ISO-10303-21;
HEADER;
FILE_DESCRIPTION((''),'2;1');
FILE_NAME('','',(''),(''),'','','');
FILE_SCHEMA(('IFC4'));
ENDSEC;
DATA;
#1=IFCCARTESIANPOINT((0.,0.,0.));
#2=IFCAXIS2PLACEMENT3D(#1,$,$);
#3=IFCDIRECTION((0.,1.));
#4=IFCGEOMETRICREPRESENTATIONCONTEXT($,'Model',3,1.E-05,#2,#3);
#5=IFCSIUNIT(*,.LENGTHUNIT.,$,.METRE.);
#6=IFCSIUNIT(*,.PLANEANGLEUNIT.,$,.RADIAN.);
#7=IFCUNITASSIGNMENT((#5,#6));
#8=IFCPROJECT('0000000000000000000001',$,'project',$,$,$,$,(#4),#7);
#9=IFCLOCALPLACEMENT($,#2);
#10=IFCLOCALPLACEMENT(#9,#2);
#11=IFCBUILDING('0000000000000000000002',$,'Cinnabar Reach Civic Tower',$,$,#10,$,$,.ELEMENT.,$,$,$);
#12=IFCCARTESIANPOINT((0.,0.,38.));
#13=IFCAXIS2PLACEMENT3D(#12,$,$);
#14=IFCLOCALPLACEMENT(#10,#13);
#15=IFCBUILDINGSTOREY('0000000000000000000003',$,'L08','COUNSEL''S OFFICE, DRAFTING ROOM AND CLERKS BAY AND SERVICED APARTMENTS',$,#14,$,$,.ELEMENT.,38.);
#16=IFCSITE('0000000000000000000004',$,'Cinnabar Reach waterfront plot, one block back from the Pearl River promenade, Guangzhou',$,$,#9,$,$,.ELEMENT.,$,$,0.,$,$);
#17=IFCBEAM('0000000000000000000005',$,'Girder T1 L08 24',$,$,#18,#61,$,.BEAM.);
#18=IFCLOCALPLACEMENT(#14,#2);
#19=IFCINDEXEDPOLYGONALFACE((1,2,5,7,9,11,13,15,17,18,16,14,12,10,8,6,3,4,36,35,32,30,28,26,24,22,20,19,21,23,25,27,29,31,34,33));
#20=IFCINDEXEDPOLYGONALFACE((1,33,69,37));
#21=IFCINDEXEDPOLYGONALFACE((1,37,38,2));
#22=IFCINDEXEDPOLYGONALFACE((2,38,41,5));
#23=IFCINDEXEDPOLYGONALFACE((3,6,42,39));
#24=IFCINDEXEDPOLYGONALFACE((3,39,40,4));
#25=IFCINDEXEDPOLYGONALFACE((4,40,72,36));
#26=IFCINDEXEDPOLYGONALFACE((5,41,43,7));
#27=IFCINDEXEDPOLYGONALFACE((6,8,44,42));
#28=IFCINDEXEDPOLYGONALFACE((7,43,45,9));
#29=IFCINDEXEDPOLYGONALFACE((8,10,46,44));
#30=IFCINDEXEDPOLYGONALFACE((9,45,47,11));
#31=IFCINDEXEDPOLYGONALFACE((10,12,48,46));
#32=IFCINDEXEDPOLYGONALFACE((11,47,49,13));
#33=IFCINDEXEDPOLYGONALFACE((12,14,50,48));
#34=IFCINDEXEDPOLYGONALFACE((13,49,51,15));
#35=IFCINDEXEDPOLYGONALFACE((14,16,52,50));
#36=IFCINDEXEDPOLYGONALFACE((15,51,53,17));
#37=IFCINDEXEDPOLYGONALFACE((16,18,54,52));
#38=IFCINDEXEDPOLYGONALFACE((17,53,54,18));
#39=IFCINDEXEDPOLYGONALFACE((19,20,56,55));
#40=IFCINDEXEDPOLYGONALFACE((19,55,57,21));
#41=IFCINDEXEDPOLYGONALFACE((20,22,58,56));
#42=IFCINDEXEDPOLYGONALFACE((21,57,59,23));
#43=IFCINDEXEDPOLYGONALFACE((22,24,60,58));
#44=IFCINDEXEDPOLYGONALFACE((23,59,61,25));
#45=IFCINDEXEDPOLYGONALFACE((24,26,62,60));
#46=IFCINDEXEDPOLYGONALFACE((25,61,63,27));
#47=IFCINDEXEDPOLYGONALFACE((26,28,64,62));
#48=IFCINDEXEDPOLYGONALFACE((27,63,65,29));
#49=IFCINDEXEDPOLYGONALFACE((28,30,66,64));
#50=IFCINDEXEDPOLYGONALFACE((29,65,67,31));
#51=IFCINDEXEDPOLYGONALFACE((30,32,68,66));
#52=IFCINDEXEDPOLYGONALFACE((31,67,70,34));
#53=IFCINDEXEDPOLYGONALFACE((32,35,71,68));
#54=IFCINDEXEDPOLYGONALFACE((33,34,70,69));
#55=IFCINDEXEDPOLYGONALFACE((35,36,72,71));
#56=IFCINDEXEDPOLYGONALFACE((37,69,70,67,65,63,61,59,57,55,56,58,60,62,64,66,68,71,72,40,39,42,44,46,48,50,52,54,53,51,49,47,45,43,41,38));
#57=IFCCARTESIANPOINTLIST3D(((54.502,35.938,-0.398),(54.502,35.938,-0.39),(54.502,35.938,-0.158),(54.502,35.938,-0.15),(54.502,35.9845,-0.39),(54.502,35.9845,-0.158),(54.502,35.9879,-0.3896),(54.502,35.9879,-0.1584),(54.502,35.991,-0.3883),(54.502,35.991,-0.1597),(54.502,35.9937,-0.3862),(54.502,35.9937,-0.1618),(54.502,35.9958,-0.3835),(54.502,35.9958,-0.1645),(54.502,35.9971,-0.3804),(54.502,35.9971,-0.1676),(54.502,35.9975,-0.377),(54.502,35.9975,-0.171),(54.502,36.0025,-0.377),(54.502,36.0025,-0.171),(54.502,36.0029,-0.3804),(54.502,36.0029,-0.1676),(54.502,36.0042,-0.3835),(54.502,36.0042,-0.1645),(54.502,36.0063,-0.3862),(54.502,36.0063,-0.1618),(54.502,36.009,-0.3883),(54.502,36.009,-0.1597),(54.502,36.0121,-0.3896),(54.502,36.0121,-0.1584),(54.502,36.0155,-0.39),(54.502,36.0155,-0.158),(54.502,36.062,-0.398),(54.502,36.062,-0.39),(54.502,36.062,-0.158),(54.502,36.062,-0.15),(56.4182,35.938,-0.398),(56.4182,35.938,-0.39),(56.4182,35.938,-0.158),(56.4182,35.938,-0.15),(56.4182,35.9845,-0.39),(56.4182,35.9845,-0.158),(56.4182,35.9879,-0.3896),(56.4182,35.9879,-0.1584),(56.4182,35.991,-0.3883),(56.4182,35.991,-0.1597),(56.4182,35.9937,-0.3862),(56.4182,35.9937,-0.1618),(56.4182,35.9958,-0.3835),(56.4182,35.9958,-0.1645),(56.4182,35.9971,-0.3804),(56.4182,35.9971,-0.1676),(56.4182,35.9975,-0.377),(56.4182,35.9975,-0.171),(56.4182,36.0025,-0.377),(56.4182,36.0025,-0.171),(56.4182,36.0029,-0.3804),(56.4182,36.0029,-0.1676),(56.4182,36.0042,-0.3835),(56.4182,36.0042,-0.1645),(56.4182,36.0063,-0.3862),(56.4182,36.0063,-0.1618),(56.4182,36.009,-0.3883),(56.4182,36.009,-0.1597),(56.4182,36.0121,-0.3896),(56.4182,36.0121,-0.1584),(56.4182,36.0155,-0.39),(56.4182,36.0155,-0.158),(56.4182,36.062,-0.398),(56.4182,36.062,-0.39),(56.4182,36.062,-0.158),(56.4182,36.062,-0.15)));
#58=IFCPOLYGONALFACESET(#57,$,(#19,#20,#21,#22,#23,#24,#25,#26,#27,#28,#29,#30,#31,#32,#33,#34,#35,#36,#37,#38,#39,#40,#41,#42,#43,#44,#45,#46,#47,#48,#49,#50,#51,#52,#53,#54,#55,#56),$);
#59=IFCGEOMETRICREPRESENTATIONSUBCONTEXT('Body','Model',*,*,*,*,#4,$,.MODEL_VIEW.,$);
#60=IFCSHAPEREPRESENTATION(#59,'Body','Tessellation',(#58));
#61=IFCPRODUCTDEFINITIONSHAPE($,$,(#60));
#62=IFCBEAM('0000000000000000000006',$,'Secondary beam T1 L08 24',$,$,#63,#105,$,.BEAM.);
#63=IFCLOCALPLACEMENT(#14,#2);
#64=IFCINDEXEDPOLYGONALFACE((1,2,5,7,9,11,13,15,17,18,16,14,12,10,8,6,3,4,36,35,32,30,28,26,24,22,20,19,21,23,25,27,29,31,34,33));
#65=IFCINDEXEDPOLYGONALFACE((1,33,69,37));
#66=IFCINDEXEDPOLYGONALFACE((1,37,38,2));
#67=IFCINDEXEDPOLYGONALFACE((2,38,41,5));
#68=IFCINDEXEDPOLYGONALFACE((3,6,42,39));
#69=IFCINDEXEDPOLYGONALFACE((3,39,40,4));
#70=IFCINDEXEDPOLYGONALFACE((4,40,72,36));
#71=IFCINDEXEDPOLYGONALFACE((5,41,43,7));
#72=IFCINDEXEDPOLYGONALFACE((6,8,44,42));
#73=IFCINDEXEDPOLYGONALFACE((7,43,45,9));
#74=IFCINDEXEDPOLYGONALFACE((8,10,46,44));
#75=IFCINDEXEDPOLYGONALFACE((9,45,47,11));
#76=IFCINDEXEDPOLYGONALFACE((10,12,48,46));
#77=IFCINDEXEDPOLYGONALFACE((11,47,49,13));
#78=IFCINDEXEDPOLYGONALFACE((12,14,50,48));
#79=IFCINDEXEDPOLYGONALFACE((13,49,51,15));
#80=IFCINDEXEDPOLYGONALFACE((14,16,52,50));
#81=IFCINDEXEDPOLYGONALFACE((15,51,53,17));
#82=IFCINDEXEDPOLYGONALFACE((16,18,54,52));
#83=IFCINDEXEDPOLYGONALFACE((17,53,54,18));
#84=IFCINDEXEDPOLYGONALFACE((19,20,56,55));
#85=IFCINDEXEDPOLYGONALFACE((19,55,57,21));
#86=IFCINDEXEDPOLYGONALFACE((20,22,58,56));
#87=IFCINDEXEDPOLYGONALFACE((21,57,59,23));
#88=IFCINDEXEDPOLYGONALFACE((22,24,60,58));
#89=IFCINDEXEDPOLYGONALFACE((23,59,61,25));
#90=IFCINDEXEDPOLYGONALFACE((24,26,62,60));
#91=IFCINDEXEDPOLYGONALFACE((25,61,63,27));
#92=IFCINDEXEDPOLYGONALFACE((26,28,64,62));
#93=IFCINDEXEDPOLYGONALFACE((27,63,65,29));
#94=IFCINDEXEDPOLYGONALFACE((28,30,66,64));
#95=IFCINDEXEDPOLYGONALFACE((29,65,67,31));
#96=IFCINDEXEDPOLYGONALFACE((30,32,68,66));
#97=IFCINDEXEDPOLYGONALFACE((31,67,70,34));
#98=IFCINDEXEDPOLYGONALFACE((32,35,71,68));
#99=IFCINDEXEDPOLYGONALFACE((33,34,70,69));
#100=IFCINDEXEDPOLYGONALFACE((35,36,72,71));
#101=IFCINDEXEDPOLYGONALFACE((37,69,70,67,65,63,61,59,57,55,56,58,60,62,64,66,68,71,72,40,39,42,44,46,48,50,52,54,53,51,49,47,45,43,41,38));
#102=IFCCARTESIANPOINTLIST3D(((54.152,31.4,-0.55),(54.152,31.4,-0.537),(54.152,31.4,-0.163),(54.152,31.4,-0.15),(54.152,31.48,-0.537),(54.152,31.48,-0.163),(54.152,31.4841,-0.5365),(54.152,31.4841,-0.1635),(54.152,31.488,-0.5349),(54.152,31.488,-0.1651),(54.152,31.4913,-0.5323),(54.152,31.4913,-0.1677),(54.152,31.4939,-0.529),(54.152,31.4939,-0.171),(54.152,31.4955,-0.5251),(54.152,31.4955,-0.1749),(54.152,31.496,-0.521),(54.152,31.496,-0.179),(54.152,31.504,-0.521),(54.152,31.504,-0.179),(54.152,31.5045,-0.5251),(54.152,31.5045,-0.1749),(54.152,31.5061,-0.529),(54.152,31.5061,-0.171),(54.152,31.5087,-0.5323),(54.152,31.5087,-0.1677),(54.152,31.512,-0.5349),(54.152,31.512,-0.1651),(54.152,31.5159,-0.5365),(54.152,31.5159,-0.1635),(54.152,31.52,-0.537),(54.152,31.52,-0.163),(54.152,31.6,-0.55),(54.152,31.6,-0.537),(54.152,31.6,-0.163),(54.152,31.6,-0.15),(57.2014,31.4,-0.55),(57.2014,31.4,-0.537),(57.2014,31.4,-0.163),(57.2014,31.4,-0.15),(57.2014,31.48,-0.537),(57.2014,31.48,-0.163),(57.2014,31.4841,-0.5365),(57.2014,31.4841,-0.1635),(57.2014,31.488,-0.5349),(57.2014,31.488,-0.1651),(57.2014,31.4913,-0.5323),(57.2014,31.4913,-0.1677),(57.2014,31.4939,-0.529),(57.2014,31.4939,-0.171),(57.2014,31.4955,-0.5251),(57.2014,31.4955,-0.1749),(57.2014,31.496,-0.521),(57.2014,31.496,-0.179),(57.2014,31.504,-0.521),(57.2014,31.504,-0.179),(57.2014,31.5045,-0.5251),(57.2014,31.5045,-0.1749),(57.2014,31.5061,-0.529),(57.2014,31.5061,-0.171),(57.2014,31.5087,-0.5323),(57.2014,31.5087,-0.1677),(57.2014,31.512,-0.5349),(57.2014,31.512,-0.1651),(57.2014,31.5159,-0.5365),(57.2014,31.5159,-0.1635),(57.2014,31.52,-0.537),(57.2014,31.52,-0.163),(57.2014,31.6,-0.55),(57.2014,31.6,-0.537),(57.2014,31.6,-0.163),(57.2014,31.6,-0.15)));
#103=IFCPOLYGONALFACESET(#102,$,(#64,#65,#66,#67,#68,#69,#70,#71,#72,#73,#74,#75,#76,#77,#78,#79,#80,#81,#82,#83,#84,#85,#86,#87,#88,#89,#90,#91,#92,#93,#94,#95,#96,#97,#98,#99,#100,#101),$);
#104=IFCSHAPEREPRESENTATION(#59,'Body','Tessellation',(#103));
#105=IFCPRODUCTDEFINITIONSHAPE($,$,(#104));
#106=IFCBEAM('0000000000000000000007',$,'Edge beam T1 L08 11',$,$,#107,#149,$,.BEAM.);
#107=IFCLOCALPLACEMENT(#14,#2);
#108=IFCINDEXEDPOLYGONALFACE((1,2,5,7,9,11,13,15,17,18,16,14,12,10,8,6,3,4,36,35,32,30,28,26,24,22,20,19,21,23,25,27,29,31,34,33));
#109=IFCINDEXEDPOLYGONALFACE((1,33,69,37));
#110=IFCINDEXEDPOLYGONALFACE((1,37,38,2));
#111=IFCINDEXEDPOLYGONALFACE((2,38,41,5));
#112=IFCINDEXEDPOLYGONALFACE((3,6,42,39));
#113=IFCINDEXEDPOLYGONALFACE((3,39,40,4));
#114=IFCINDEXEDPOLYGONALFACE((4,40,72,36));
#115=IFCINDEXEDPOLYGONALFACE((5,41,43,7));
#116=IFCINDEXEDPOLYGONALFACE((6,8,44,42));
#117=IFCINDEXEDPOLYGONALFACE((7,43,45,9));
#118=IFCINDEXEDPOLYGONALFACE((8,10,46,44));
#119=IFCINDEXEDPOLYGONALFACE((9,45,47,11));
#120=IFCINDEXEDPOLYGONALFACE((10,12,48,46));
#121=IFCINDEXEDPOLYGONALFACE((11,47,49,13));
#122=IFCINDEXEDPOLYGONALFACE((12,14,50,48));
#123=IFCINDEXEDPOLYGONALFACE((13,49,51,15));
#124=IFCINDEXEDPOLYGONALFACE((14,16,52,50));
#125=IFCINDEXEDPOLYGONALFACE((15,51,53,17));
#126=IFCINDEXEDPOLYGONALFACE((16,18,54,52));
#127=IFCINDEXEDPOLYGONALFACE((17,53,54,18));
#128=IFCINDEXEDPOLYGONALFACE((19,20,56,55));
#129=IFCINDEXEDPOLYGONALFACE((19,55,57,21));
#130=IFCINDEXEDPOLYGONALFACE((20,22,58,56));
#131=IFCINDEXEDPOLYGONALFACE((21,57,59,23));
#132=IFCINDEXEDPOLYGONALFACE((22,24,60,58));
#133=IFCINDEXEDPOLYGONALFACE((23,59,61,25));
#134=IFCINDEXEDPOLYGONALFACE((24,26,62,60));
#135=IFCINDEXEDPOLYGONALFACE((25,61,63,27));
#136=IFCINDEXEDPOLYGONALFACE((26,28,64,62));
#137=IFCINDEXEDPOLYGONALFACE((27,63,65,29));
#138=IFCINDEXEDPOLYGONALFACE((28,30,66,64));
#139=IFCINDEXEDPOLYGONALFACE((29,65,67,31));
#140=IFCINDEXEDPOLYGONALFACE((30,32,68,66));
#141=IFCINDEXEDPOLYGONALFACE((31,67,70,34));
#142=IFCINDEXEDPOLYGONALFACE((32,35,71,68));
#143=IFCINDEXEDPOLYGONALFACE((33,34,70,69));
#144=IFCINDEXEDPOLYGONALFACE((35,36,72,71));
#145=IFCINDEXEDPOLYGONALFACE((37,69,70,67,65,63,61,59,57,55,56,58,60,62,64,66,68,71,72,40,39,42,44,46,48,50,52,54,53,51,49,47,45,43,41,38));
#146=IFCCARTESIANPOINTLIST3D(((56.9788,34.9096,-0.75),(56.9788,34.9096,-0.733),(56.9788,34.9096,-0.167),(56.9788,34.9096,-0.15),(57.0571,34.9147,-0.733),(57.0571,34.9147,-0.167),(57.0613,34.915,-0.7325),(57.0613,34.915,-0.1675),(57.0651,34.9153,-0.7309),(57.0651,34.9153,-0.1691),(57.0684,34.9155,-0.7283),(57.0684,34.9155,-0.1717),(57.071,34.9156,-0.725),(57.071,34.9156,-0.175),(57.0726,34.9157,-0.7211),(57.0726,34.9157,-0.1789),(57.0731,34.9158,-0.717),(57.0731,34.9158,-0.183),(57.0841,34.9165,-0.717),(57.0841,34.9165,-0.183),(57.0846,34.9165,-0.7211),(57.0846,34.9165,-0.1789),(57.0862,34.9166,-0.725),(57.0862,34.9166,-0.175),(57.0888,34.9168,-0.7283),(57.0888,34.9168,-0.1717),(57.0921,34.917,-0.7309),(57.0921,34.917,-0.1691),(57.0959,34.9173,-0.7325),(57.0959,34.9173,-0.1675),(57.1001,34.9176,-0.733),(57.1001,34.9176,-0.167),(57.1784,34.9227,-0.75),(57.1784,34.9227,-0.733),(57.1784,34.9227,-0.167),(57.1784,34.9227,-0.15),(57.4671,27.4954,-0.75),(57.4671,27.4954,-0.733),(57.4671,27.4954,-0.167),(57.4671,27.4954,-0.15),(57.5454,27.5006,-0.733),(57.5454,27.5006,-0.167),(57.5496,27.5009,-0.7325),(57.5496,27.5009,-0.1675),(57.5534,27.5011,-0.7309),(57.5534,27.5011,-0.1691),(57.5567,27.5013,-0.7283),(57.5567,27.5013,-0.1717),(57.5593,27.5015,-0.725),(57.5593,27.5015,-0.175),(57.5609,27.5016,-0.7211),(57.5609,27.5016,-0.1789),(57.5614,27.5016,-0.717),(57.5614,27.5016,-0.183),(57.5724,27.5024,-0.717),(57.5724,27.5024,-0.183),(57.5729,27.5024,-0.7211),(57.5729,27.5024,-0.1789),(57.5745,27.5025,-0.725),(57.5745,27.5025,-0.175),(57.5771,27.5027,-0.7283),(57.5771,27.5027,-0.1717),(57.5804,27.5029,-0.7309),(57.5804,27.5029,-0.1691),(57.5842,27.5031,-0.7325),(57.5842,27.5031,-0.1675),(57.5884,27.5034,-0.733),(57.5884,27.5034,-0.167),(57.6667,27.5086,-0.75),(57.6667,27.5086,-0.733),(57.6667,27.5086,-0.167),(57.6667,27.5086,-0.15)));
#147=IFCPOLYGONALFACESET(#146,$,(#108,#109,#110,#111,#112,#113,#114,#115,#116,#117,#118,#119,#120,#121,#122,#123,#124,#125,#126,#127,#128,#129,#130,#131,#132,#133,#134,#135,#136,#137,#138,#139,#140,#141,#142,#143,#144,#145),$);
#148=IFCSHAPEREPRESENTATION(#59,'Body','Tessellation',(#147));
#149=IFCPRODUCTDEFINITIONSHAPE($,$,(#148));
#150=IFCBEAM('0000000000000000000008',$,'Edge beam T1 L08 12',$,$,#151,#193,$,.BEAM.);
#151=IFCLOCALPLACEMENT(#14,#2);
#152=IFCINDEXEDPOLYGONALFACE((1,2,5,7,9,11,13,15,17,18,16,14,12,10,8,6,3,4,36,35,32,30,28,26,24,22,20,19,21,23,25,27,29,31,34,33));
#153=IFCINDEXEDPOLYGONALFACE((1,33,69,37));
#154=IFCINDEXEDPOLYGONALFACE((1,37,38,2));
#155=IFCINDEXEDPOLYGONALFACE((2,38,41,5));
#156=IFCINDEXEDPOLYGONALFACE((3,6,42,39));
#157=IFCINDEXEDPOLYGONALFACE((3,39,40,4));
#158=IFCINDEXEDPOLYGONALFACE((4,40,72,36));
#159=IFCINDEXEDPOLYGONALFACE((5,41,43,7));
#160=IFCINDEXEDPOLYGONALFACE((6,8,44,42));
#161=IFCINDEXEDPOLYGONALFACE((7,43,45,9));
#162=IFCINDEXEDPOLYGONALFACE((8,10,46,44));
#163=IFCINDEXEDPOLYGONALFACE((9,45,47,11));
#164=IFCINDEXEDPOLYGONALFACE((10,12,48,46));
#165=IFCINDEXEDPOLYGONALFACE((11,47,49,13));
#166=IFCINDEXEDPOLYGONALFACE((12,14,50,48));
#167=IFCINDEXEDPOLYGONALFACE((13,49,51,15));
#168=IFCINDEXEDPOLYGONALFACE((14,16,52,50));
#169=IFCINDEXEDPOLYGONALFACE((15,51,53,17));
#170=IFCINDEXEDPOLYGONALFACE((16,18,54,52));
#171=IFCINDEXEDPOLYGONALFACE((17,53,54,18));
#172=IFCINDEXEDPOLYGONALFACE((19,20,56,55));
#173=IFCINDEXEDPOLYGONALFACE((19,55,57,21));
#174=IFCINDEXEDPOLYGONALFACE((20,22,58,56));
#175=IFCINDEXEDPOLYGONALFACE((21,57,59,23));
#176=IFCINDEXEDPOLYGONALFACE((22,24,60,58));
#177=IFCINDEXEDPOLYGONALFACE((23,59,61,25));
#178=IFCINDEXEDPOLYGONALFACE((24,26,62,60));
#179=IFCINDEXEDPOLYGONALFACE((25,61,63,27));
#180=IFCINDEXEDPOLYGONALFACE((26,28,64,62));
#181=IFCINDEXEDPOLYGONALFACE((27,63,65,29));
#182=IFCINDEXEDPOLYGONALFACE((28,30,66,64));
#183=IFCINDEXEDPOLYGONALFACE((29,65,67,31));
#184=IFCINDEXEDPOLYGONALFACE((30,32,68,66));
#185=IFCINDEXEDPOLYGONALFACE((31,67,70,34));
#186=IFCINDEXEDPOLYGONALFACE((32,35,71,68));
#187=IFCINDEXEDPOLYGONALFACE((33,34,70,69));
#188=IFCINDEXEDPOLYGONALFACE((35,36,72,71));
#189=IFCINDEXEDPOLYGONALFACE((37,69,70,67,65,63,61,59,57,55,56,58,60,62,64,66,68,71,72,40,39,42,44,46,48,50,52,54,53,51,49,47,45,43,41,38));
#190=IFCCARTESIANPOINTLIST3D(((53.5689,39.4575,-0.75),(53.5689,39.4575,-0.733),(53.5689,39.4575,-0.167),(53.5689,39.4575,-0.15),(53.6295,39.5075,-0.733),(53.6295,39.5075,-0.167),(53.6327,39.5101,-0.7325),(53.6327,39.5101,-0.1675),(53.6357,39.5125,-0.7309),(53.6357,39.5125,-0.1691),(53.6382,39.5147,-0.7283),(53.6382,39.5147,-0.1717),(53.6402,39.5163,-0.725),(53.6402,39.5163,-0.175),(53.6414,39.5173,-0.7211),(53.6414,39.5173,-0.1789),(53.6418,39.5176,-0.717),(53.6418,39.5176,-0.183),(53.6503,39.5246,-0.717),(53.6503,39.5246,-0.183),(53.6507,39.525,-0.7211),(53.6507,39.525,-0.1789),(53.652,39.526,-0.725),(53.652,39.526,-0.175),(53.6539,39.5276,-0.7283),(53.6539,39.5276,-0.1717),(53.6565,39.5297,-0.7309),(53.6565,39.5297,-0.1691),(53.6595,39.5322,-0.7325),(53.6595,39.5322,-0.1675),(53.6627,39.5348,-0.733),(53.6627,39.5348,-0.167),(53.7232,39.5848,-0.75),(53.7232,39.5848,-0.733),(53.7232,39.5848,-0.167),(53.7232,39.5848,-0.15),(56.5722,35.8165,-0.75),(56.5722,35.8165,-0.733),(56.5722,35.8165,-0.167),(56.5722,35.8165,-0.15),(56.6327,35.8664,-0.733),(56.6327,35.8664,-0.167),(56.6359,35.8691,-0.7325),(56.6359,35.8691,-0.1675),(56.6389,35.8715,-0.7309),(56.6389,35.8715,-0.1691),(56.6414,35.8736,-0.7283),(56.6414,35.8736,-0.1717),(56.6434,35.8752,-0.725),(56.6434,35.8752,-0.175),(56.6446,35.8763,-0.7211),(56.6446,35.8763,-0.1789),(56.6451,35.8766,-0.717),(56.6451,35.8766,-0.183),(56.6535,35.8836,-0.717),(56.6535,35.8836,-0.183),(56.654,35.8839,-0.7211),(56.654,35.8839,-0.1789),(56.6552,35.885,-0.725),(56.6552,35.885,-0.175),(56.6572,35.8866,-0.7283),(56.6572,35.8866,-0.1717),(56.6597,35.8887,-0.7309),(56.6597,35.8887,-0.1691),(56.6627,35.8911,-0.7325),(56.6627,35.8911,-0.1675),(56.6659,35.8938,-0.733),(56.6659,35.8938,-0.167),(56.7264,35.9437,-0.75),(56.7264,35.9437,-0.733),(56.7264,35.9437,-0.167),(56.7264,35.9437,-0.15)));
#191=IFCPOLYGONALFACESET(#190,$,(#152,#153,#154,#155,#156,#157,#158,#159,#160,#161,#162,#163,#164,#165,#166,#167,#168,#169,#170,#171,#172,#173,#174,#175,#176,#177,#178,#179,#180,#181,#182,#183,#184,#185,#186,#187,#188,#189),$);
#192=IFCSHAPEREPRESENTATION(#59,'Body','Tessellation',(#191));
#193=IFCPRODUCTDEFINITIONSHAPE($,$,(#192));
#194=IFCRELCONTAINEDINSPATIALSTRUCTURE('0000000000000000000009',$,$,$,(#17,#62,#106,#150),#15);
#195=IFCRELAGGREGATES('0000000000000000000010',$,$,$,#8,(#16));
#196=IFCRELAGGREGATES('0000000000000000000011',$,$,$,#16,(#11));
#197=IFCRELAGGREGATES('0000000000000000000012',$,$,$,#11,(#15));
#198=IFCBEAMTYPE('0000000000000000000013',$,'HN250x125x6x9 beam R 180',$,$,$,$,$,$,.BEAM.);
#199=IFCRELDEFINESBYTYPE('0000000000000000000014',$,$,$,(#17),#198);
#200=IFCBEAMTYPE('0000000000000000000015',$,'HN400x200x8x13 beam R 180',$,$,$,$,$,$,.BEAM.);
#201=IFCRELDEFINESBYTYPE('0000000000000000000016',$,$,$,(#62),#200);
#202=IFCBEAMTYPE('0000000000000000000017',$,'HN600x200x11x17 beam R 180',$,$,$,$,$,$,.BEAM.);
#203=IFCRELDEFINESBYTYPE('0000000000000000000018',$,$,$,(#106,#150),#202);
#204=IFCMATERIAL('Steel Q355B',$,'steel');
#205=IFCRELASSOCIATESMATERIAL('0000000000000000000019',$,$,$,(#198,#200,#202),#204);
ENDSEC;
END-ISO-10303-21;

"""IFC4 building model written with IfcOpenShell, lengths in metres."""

from ifc_helpers import new_model, si_unit, direction, frame, origin, origin_2d, place, context, subcontext, project, spatial, i_section, extrude, material, material_profile, profile_set, type_object, element, save


model = new_model("IFC4")

# Units and contexts
model_context = context("Model", 3, precision=1e-05, world=origin(), true_north=direction((0.0, 1.0)))
body_context = subcontext(model_context, "Body", "Model", "MODEL_VIEW")
ifc_project = project(units=[si_unit("LENGTHUNIT", "METRE"), si_unit("PLANEANGLEUNIT", "RADIAN")], contexts=[model_context])

# Site, building, storey
site_placement = place(None, origin())
site = spatial("IfcSite", under=ifc_project, at=site_placement, Name="Cinnabar Reach waterfront plot, one block back from the Pearl River promenade, Guangzhou", CompositionType="ELEMENT", RefElevation=0.0)
building_placement = place(site_placement, origin())
building = spatial("IfcBuilding", under=site, at=building_placement, Name="Cinnabar Reach Civic Tower", CompositionType="ELEMENT")
storey_placement = place(building_placement, frame((0.0, 0.0, 38.0)))
storey = spatial("IfcBuildingStorey", under=building, at=storey_placement, Name="L08", Description="COUNSEL'S OFFICE, DRAFTING ROOM AND CLERKS BAY AND SERVICED APARTMENTS", CompositionType="ELEMENT", Elevation=38.0)

# Beams
ifc_material_1 = material(Name="Steel Q355B", Category="steel")
ifc_material_profile_1 = material_profile(ifc_material_1, i_section(OverallWidth=0.124, OverallDepth=0.248, WebThickness=0.005, FlangeThickness=0.008, FilletRadius=0.013, at=origin_2d()), Name="HN250x125x6x9")
ifc_profile_set_1 = profile_set([ifc_material_profile_1], Name="Steel Q355B")
beam_type_1 = type_object("IfcBeamType", Name="HN250x125x6x9 beam R 180", PredefinedType="BEAM", material=ifc_profile_set_1)
beam_1_placement = place(storey_placement, frame((54.502, 36.0, -0.274), z_axis=(1.0, 0.0, 0.0), x_axis=(0.0, 1.0, 0.0)))
element("IfcBeam", 1, at=beam_1_placement, inside=storey, type_object=beam_type_1, Name="Girder T1 L08 24", PredefinedType="BEAM", context=body_context, shape_type="SweptSolid", body=[
    extrude(i_section(OverallWidth=0.124, OverallDepth=0.248, WebThickness=0.005, FlangeThickness=0.008, FilletRadius=0.013, at=origin_2d()), origin(), (0.0, 0.0, 1.0), 1.9162),
])
ifc_material_profile_2 = material_profile(ifc_material_1, i_section(OverallWidth=0.2, OverallDepth=0.4, WebThickness=0.008, FlangeThickness=0.013, FilletRadius=0.016, at=origin_2d()), Name="HN400x200x8x13")
ifc_profile_set_2 = profile_set([ifc_material_profile_2], Name="Steel Q355B")
beam_type_2 = type_object("IfcBeamType", Name="HN400x200x8x13 beam R 180", PredefinedType="BEAM", material=ifc_profile_set_2)
beam_2_placement = place(storey_placement, frame((54.152, 31.5, -0.35), z_axis=(1.0, 0.0, 0.0), x_axis=(0.0, 1.0, 0.0)))
element("IfcBeam", 2, at=beam_2_placement, inside=storey, type_object=beam_type_2, Name="Secondary beam T1 L08 24", PredefinedType="BEAM", context=body_context, shape_type="SweptSolid", body=[
    extrude(i_section(OverallWidth=0.2, OverallDepth=0.4, WebThickness=0.008, FlangeThickness=0.013, FilletRadius=0.016, at=origin_2d()), origin(), (0.0, 0.0, 1.0), 3.0494),
])
ifc_material_profile_3 = material_profile(ifc_material_1, i_section(OverallWidth=0.2, OverallDepth=0.6, WebThickness=0.011, FlangeThickness=0.017, FilletRadius=0.016, at=origin_2d()), Name="HN600x200x11x17")
ifc_profile_set_3 = profile_set([ifc_material_profile_3], Name="Steel Q355B")
beam_type_3 = type_object("IfcBeamType", Name="HN600x200x11x17 beam R 180", PredefinedType="BEAM", material=ifc_profile_set_3)
beam_3_placement = place(storey_placement, frame((57.5669, 27.502, -0.45), z_axis=(-0.065719, 0.997838, 0.0), x_axis=(-0.997838, -0.065719, 0.0)))
element("IfcBeam", 3, at=beam_3_placement, inside=storey, type_object=beam_type_3, Name="Edge beam T1 L08 11", PredefinedType="BEAM", context=body_context, shape_type="SweptSolid", body=[
    extrude(i_section(OverallWidth=0.2, OverallDepth=0.6, WebThickness=0.011, FlangeThickness=0.017, FilletRadius=0.016, at=origin_2d()), origin(), (0.0, 0.0, 1.0), 7.4302),
])
for number, where, z_axis, x_axis, name in (
    (4, (56.6493, 35.8801, -0.45), (-0.636304, 0.771438, 0.0), (-0.771438, -0.636304, 0.0), "Edge beam T1 L08 12"),
):
    element("IfcBeam", number, at=place(storey_placement, frame(where, z_axis=z_axis, x_axis=x_axis)), inside=storey, type_object=beam_type_3, Name=name, PredefinedType="BEAM", context=body_context, shape_type="SweptSolid", body=[
        extrude(i_section(OverallWidth=0.2, OverallDepth=0.6, WebThickness=0.011, FlangeThickness=0.017, FilletRadius=0.016, at=origin_2d()), origin(), (0.0, 0.0, 1.0), 4.7198),
    ])

save(model, "model.ifc")
